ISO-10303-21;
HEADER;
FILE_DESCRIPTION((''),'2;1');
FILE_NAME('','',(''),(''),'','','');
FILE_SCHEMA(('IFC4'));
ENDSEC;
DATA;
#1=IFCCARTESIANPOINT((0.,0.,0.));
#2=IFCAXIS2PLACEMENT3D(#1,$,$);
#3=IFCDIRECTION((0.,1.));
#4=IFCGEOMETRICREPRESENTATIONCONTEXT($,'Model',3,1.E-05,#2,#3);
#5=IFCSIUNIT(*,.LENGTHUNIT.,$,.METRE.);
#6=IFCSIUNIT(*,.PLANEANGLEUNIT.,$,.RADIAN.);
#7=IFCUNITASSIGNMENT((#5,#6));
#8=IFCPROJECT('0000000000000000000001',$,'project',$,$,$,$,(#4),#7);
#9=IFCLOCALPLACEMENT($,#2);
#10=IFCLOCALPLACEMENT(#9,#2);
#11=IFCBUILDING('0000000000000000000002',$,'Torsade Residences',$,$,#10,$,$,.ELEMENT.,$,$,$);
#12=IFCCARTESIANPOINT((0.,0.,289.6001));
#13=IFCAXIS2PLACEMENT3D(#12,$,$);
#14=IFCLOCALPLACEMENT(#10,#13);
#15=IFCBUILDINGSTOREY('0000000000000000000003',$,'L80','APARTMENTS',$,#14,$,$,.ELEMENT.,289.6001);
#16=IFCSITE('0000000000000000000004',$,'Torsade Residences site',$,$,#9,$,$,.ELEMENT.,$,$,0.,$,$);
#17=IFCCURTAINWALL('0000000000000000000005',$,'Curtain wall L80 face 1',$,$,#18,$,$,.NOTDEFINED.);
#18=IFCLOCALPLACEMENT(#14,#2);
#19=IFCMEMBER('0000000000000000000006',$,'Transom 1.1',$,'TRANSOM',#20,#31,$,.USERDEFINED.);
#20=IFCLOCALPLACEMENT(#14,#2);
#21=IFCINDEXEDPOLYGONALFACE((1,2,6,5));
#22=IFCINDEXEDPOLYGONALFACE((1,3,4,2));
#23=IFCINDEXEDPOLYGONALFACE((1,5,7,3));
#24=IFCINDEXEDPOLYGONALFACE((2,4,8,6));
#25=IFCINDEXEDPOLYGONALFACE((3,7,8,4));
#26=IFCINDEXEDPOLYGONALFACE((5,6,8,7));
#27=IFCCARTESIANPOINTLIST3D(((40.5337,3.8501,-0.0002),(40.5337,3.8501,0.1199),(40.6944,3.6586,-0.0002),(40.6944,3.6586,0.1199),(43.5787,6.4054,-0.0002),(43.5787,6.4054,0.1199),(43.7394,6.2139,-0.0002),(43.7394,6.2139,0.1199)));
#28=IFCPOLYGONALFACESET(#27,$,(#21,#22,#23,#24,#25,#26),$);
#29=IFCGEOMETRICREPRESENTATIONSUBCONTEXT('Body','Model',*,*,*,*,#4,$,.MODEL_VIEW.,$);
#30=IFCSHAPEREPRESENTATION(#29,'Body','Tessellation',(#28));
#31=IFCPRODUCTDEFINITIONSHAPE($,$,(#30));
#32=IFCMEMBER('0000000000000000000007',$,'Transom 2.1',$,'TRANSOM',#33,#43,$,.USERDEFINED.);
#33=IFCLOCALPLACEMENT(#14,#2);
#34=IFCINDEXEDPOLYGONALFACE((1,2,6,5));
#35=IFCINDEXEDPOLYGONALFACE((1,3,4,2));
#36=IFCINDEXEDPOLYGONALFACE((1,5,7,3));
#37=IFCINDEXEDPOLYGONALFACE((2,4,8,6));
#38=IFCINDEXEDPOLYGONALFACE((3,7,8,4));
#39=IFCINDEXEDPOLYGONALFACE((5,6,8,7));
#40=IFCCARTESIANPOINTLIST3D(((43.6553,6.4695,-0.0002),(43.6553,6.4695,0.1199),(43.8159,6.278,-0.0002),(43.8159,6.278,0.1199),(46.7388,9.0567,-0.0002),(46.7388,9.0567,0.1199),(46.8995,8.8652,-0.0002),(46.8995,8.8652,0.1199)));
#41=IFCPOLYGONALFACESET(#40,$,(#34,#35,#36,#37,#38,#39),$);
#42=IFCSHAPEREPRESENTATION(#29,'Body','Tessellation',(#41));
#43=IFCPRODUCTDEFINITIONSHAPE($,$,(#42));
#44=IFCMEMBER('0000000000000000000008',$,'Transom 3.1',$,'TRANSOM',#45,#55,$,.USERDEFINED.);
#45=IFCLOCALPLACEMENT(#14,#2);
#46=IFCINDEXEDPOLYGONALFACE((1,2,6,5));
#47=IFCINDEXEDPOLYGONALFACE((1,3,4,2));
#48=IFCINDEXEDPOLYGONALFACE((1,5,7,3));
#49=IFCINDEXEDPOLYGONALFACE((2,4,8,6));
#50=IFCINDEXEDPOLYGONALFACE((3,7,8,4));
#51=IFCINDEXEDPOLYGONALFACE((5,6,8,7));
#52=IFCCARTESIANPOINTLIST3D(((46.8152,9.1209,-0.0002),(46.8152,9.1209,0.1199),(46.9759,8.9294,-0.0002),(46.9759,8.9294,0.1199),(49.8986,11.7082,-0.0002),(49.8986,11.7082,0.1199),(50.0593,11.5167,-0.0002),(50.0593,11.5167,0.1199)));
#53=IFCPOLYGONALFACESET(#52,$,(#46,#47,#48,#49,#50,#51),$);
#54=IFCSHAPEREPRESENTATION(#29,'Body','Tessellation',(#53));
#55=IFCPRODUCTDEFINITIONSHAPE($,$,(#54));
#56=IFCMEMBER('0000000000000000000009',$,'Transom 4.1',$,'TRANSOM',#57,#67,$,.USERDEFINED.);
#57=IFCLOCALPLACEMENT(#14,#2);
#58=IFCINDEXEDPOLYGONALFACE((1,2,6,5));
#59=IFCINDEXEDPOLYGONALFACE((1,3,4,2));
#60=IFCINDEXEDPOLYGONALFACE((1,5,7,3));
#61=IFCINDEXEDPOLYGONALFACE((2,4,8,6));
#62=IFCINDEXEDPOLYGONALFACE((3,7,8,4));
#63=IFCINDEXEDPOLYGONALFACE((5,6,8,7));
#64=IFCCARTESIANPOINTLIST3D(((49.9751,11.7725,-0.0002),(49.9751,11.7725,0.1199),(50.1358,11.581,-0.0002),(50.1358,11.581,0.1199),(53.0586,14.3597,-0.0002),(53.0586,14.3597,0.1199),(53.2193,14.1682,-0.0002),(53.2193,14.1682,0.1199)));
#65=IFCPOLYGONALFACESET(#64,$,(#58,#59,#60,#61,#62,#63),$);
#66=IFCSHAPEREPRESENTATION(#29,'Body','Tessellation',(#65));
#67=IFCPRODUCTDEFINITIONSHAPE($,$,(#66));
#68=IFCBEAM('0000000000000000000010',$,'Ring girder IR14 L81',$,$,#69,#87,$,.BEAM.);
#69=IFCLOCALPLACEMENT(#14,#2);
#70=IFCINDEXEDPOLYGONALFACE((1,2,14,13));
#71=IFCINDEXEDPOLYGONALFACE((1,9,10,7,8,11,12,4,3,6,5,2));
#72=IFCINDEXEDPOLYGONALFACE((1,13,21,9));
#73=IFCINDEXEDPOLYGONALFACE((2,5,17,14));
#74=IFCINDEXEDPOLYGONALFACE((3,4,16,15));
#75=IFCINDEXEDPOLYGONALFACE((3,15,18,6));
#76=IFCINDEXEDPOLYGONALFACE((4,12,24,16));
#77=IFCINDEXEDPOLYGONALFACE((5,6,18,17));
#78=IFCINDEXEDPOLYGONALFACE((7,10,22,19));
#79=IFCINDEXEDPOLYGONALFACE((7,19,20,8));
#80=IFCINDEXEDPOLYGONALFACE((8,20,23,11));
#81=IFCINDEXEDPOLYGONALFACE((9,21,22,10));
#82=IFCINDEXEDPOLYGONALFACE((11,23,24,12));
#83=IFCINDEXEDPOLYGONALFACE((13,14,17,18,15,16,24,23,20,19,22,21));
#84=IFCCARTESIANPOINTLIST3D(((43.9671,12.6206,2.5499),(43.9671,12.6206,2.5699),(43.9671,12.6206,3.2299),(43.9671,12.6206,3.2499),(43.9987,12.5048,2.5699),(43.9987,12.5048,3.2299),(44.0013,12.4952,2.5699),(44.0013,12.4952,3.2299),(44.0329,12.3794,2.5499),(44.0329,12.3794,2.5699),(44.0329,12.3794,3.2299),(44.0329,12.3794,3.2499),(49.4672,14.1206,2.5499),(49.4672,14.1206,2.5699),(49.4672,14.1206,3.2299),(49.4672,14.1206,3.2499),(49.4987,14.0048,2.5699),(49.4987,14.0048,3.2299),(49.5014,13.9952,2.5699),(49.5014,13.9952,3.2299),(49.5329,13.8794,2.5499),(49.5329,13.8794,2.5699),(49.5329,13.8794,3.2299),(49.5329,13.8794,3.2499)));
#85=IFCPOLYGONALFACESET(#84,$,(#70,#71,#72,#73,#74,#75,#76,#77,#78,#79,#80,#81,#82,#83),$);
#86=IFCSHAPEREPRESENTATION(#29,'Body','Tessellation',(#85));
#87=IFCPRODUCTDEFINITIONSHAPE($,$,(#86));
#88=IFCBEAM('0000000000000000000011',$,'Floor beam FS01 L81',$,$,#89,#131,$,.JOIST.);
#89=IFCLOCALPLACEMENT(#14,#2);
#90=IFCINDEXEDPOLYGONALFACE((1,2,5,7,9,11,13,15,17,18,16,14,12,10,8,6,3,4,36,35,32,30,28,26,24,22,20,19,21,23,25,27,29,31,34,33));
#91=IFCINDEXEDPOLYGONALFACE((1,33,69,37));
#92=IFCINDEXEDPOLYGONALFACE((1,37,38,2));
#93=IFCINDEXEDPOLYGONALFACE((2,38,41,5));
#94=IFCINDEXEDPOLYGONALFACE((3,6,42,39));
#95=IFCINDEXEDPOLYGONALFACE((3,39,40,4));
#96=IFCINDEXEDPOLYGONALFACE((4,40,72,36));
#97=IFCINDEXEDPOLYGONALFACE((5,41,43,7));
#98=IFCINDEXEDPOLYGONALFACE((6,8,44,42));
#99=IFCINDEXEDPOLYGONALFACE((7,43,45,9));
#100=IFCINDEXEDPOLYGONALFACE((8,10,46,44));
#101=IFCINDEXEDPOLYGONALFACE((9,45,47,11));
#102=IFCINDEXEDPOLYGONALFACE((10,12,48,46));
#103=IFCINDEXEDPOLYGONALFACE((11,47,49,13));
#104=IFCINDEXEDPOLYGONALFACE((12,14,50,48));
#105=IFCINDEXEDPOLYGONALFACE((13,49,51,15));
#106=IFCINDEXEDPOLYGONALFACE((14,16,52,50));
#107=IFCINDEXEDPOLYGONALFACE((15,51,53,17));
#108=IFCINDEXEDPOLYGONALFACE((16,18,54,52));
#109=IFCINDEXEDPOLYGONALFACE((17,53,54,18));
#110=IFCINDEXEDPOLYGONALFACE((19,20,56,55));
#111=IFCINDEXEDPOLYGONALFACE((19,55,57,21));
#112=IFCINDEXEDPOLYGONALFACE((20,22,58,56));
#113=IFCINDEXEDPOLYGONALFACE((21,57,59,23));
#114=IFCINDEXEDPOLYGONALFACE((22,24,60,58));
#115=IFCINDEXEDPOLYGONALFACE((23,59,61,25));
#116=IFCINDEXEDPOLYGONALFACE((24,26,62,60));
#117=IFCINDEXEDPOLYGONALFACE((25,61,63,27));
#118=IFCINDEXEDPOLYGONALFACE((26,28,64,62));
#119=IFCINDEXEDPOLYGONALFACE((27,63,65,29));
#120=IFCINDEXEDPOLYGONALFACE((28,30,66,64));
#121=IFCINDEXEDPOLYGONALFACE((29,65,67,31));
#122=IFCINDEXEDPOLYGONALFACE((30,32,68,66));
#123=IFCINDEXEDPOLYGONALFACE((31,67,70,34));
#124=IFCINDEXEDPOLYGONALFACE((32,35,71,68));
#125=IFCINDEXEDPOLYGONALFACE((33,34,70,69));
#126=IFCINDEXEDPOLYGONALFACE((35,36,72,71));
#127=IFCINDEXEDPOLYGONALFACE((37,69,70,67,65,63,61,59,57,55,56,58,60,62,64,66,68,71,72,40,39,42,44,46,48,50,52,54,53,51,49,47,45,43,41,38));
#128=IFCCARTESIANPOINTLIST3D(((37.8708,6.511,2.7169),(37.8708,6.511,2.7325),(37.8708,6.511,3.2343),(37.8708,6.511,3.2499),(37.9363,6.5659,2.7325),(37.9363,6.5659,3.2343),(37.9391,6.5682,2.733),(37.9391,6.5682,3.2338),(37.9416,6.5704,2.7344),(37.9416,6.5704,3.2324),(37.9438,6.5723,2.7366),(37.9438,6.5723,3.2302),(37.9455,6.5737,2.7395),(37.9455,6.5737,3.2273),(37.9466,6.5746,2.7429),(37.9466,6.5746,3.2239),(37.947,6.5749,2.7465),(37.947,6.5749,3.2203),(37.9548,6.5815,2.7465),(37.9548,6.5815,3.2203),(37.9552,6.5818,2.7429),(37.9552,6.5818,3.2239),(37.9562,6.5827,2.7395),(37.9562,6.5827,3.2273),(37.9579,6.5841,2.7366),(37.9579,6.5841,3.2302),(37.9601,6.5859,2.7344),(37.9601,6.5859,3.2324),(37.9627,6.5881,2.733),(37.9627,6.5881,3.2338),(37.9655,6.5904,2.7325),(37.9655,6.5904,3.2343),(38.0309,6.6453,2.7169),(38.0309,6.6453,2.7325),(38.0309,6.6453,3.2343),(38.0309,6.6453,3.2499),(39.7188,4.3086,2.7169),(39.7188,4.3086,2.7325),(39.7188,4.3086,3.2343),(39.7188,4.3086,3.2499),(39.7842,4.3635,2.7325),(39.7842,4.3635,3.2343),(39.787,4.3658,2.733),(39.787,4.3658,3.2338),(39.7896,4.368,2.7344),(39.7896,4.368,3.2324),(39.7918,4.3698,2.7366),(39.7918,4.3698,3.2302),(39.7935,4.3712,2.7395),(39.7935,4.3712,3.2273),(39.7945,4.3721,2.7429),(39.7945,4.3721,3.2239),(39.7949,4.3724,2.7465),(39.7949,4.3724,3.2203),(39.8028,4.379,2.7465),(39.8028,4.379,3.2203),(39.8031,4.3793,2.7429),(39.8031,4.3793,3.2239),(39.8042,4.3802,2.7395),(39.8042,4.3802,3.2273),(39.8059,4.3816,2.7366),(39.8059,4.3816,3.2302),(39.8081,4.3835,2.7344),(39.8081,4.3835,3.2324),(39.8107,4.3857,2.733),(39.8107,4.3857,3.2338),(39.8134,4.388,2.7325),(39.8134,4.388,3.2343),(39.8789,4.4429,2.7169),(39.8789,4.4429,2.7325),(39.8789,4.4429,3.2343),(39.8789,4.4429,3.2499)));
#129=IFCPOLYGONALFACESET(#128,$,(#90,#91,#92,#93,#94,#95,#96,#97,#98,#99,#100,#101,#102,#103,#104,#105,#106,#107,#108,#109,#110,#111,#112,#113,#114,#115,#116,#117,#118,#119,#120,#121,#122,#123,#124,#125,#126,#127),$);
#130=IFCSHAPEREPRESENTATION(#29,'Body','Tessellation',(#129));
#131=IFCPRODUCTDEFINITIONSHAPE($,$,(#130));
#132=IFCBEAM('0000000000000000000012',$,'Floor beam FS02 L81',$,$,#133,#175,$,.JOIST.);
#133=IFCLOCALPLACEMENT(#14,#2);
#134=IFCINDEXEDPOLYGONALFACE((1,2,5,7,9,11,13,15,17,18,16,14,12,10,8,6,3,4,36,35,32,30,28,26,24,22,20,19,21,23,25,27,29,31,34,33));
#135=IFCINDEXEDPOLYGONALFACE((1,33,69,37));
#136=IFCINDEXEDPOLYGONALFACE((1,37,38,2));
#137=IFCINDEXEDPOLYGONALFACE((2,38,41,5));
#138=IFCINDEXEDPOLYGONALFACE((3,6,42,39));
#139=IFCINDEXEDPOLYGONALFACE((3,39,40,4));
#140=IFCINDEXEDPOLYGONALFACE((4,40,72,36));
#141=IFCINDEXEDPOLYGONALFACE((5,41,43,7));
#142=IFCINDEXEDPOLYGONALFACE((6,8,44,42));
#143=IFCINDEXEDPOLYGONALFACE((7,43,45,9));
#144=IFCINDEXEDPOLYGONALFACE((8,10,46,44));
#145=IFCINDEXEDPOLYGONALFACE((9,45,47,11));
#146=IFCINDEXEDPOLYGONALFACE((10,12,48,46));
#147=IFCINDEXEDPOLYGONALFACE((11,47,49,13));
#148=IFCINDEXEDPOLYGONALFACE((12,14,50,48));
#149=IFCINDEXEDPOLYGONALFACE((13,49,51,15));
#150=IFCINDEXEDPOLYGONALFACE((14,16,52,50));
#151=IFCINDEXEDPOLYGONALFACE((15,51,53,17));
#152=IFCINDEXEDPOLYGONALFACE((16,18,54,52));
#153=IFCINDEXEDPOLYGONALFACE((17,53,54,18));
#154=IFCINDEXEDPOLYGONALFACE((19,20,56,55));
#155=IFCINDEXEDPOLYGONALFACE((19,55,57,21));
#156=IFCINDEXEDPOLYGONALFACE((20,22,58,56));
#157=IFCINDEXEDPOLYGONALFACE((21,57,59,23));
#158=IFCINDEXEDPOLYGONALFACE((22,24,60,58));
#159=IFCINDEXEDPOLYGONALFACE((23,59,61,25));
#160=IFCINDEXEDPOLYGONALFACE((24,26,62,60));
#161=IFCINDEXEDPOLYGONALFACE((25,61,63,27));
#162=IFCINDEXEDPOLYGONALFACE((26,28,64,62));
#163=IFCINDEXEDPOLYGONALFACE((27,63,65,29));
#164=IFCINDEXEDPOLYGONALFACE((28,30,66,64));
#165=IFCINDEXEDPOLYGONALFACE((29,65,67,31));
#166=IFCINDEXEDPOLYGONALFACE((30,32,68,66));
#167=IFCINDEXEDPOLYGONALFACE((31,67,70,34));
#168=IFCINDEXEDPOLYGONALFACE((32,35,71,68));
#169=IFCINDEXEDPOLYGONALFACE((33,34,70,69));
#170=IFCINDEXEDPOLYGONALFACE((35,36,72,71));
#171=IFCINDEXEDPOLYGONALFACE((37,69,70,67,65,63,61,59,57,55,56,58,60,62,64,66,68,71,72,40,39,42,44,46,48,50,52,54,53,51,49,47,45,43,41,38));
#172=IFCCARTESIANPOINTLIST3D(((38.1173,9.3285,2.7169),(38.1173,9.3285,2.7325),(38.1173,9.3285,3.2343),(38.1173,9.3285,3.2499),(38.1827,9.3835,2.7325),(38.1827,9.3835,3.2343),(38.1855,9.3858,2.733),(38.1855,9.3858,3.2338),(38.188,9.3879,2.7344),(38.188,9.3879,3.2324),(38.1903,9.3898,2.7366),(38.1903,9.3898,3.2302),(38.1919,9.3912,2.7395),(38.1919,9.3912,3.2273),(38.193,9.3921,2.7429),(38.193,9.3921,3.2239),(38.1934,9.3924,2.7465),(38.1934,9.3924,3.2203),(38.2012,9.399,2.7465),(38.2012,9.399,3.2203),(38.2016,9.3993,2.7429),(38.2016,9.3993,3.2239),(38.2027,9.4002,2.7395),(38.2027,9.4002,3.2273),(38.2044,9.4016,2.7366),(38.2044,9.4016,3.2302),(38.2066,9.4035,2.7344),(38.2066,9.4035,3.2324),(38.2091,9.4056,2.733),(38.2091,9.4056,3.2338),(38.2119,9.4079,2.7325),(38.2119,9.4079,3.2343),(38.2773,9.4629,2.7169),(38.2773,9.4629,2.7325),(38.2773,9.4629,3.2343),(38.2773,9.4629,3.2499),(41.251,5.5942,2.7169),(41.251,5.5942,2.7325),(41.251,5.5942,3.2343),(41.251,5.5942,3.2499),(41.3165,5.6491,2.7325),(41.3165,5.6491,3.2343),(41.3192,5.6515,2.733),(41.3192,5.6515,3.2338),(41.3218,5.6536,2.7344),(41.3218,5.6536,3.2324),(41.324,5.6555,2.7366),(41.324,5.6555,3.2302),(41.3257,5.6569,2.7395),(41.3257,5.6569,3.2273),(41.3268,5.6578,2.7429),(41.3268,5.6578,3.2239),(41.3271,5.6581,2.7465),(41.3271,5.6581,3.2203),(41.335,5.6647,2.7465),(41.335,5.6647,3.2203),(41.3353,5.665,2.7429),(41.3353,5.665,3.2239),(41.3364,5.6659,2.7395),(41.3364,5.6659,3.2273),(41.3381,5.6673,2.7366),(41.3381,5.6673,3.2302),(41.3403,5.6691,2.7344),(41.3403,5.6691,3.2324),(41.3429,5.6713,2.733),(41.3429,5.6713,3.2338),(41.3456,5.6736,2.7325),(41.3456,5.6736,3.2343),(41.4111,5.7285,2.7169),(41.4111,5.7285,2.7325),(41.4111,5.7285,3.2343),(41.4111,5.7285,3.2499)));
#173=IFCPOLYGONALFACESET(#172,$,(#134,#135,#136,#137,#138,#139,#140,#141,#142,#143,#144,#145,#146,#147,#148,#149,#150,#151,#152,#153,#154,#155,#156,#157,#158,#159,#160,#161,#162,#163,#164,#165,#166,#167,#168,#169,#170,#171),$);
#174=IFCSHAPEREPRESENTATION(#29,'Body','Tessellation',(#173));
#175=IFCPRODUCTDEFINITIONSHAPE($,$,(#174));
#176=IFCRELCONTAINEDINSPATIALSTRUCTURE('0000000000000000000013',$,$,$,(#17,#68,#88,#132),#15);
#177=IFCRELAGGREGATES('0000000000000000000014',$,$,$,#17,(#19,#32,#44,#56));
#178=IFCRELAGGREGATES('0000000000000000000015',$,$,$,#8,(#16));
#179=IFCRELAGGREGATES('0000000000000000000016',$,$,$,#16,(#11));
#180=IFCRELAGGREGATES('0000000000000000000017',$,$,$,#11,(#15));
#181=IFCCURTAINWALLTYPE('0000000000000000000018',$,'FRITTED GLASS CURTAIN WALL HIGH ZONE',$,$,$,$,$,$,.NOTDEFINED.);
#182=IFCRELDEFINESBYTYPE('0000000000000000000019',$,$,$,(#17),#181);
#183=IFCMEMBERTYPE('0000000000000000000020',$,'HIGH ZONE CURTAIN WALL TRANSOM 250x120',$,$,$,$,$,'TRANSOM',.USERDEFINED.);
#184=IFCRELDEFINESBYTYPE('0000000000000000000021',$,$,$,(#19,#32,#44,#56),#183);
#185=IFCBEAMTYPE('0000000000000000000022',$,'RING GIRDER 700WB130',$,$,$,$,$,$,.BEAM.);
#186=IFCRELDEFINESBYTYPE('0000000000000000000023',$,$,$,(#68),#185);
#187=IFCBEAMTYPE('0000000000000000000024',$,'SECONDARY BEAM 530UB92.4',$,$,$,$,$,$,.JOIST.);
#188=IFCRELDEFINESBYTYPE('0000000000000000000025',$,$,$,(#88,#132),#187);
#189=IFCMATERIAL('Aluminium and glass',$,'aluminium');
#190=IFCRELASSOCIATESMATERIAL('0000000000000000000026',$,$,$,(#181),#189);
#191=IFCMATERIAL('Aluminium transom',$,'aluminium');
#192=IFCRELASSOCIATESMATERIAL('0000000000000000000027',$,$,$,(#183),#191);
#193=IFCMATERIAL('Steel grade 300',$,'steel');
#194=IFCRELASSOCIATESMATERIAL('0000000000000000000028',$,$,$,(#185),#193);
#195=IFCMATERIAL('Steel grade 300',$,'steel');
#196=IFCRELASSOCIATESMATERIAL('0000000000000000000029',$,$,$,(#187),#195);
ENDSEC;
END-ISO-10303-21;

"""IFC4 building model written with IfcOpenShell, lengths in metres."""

from ifc_helpers import new_model, si_unit, direction, frame, origin, origin_2d, place, context, subcontext, project, spatial, rectangle, i_section, extrude, material, material_profile, profile_set, type_object, element, aggregate, save


model = new_model("IFC4")

# Units and contexts
model_context = context("Model", 3, precision=1e-05, world=origin(), true_north=direction((0.0, 1.0)))
body_context = subcontext(model_context, "Body", "Model", "MODEL_VIEW")
ifc_project = project(units=[si_unit("LENGTHUNIT", "METRE"), si_unit("PLANEANGLEUNIT", "RADIAN")], contexts=[model_context])

# Site, building, storey
site_placement = place(None, origin())
site = spatial("IfcSite", under=ifc_project, at=site_placement, Name="Torsade Residences site", CompositionType="ELEMENT", RefElevation=0.0)
building_placement = place(site_placement, origin())
building = spatial("IfcBuilding", under=site, at=building_placement, Name="Torsade Residences", CompositionType="ELEMENT")
storey_placement = place(building_placement, frame((0.0, 0.0, 289.6001)))
storey = spatial("IfcBuildingStorey", under=building, at=storey_placement, Name="L80", Description="APARTMENTS", CompositionType="ELEMENT", Elevation=289.6001)

# Curtain wall, members
ifc_material_1 = material(Name="Aluminium and glass", Category="aluminium")
curtain_wall_type = type_object("IfcCurtainWallType", Name="FRITTED GLASS CURTAIN WALL HIGH ZONE", PredefinedType="NOTDEFINED", material=ifc_material_1)
curtain_wall_placement = place(storey_placement, origin())
curtain_wall = element("IfcCurtainWall", 1, at=curtain_wall_placement, inside=storey, type_object=curtain_wall_type, Name="Curtain wall L80 face 1", PredefinedType="NOTDEFINED")
ifc_material_2 = material(Name="Aluminium transom", Category="aluminium")
ifc_material_profile_1 = material_profile(ifc_material_2, rectangle(XDim=0.25, YDim=0.1201, at=origin_2d()), Name="HIGH ZONE CURTAIN WALL TRANSOM 250x120")
ifc_profile_set_1 = profile_set([ifc_material_profile_1], Name="Aluminium transom")
member_type_1 = type_object("IfcMemberType", Name="HIGH ZONE CURTAIN WALL TRANSOM 250x120", ElementType="TRANSOM", PredefinedType="USERDEFINED", material=ifc_profile_set_1)
member_1_placement = place(storey_placement, frame((40.614, 3.7544, 0.0598), z_axis=(0.766022, 0.642815, 0.0), x_axis=(-0.642815, 0.766022, 0.0)))
member_1 = element("IfcMember", 2, at=member_1_placement, type_object=member_type_1, Name="Transom 1.1", ObjectType="TRANSOM", PredefinedType="USERDEFINED", context=body_context, shape_type="SweptSolid", body=[
    extrude(rectangle(XDim=0.25, YDim=0.1201, at=origin_2d()), origin(), (0.0, 0.0, 1.0), 3.9751),
])
member_2_placement = place(storey_placement, frame((43.7356, 6.3738, 0.0598), z_axis=(0.766069, 0.642758, 0.0), x_axis=(-0.642758, 0.766069, 0.0)))
member_2 = element("IfcMember", 3, at=member_2_placement, type_object=member_type_1, Name="Transom 2.1", ObjectType="TRANSOM", PredefinedType="USERDEFINED", context=body_context, shape_type="SweptSolid", body=[
    extrude(rectangle(XDim=0.25, YDim=0.1201, at=origin_2d()), origin(), (0.0, 0.0, 1.0), 4.0251),
])
member_3_placement = place(storey_placement, frame((46.8955, 9.0251, 0.0598), z_axis=(0.766039, 0.642794, 0.0), x_axis=(-0.642794, 0.766039, 0.0)))
member_3 = element("IfcMember", 4, at=member_3_placement, type_object=member_type_1, Name="Transom 3.1", ObjectType="TRANSOM", PredefinedType="USERDEFINED", context=body_context, shape_type="SweptSolid", body=[
    extrude(rectangle(XDim=0.25, YDim=0.1201, at=origin_2d()), origin(), (0.0, 0.0, 1.0), 4.0251),
])
member_4_placement = place(storey_placement, frame((50.0554, 11.6768, 0.0598), z_axis=(0.766069, 0.642758, 0.0), x_axis=(-0.642758, 0.766069, 0.0)))
member_4 = element("IfcMember", 5, at=member_4_placement, type_object=member_type_1, Name="Transom 4.1", ObjectType="TRANSOM", PredefinedType="USERDEFINED", context=body_context, shape_type="SweptSolid", body=[
    extrude(rectangle(XDim=0.25, YDim=0.1201, at=origin_2d()), origin(), (0.0, 0.0, 1.0), 4.0251),
])

# Beams
ifc_material_3 = material(Name="Steel grade 300", Category="steel")
ifc_material_profile_2 = material_profile(ifc_material_3, i_section(OverallWidth=0.25, OverallDepth=0.7, WebThickness=0.01, FlangeThickness=0.02, at=origin_2d()), Name="700WB130")
ifc_profile_set_2 = profile_set([ifc_material_profile_2], Name="Steel grade 300")
beam_type_1 = type_object("IfcBeamType", Name="RING GIRDER 700WB130", PredefinedType="BEAM", material=ifc_profile_set_2)
beam_1_placement = place(storey_placement, frame((44.0, 12.5, 2.8999), z_axis=(0.964764, 0.263117, 0.0), x_axis=(-0.263117, 0.964764, 0.0)))
element("IfcBeam", 6, at=beam_1_placement, inside=storey, type_object=beam_type_1, Name="Ring girder IR14 L81", PredefinedType="BEAM", context=body_context, shape_type="SweptSolid", body=[
    extrude(i_section(OverallWidth=0.25, OverallDepth=0.7, WebThickness=0.01, FlangeThickness=0.02, at=origin_2d()), origin(), (0.0, 0.0, 1.0), 5.7009),
])
ifc_material_4 = material(Name="Steel grade 300", Category="steel")
ifc_material_profile_3 = material_profile(ifc_material_4, i_section(OverallWidth=0.209, OverallDepth=0.533, WebThickness=0.0103, FlangeThickness=0.0156, FilletRadius=0.0139, at=origin_2d()), Name="530UB92.4")
ifc_profile_set_3 = profile_set([ifc_material_profile_3], Name="Steel grade 300")
beam_type_2 = type_object("IfcBeamType", Name="SECONDARY BEAM 530UB92.4", PredefinedType="JOIST", material=ifc_profile_set_3)
beam_2_placement = place(storey_placement, frame((39.7988, 4.3757, 2.9834), z_axis=(-0.642762, 0.766066, 0.0), x_axis=(-0.766066, -0.642762, 0.0)))
element("IfcBeam", 7, at=beam_2_placement, inside=storey, type_object=beam_type_2, Name="Floor beam FS01 L81", PredefinedType="JOIST", context=body_context, shape_type="SweptSolid", body=[
    extrude(i_section(OverallWidth=0.209, OverallDepth=0.533, WebThickness=0.0103, FlangeThickness=0.0156, FilletRadius=0.0139, at=origin_2d()), origin(), (0.0, 0.0, 1.0), 2.875),
])
beam_3_placement = place(storey_placement, frame((41.3311, 5.6614, 2.9834), z_axis=(-0.642821, 0.766017, 0.0), x_axis=(-0.766017, -0.642821, 0.0)))
element("IfcBeam", 8, at=beam_3_placement, inside=storey, type_object=beam_type_2, Name="Floor beam FS02 L81", PredefinedType="JOIST", context=body_context, shape_type="SweptSolid", body=[
    extrude(i_section(OverallWidth=0.209, OverallDepth=0.533, WebThickness=0.0103, FlangeThickness=0.0156, FilletRadius=0.0139, at=origin_2d()), origin(), (0.0, 0.0, 1.0), 4.875),
])

aggregate(curtain_wall, [member_1, member_2, member_3, member_4])

save(model, "model.ifc")
